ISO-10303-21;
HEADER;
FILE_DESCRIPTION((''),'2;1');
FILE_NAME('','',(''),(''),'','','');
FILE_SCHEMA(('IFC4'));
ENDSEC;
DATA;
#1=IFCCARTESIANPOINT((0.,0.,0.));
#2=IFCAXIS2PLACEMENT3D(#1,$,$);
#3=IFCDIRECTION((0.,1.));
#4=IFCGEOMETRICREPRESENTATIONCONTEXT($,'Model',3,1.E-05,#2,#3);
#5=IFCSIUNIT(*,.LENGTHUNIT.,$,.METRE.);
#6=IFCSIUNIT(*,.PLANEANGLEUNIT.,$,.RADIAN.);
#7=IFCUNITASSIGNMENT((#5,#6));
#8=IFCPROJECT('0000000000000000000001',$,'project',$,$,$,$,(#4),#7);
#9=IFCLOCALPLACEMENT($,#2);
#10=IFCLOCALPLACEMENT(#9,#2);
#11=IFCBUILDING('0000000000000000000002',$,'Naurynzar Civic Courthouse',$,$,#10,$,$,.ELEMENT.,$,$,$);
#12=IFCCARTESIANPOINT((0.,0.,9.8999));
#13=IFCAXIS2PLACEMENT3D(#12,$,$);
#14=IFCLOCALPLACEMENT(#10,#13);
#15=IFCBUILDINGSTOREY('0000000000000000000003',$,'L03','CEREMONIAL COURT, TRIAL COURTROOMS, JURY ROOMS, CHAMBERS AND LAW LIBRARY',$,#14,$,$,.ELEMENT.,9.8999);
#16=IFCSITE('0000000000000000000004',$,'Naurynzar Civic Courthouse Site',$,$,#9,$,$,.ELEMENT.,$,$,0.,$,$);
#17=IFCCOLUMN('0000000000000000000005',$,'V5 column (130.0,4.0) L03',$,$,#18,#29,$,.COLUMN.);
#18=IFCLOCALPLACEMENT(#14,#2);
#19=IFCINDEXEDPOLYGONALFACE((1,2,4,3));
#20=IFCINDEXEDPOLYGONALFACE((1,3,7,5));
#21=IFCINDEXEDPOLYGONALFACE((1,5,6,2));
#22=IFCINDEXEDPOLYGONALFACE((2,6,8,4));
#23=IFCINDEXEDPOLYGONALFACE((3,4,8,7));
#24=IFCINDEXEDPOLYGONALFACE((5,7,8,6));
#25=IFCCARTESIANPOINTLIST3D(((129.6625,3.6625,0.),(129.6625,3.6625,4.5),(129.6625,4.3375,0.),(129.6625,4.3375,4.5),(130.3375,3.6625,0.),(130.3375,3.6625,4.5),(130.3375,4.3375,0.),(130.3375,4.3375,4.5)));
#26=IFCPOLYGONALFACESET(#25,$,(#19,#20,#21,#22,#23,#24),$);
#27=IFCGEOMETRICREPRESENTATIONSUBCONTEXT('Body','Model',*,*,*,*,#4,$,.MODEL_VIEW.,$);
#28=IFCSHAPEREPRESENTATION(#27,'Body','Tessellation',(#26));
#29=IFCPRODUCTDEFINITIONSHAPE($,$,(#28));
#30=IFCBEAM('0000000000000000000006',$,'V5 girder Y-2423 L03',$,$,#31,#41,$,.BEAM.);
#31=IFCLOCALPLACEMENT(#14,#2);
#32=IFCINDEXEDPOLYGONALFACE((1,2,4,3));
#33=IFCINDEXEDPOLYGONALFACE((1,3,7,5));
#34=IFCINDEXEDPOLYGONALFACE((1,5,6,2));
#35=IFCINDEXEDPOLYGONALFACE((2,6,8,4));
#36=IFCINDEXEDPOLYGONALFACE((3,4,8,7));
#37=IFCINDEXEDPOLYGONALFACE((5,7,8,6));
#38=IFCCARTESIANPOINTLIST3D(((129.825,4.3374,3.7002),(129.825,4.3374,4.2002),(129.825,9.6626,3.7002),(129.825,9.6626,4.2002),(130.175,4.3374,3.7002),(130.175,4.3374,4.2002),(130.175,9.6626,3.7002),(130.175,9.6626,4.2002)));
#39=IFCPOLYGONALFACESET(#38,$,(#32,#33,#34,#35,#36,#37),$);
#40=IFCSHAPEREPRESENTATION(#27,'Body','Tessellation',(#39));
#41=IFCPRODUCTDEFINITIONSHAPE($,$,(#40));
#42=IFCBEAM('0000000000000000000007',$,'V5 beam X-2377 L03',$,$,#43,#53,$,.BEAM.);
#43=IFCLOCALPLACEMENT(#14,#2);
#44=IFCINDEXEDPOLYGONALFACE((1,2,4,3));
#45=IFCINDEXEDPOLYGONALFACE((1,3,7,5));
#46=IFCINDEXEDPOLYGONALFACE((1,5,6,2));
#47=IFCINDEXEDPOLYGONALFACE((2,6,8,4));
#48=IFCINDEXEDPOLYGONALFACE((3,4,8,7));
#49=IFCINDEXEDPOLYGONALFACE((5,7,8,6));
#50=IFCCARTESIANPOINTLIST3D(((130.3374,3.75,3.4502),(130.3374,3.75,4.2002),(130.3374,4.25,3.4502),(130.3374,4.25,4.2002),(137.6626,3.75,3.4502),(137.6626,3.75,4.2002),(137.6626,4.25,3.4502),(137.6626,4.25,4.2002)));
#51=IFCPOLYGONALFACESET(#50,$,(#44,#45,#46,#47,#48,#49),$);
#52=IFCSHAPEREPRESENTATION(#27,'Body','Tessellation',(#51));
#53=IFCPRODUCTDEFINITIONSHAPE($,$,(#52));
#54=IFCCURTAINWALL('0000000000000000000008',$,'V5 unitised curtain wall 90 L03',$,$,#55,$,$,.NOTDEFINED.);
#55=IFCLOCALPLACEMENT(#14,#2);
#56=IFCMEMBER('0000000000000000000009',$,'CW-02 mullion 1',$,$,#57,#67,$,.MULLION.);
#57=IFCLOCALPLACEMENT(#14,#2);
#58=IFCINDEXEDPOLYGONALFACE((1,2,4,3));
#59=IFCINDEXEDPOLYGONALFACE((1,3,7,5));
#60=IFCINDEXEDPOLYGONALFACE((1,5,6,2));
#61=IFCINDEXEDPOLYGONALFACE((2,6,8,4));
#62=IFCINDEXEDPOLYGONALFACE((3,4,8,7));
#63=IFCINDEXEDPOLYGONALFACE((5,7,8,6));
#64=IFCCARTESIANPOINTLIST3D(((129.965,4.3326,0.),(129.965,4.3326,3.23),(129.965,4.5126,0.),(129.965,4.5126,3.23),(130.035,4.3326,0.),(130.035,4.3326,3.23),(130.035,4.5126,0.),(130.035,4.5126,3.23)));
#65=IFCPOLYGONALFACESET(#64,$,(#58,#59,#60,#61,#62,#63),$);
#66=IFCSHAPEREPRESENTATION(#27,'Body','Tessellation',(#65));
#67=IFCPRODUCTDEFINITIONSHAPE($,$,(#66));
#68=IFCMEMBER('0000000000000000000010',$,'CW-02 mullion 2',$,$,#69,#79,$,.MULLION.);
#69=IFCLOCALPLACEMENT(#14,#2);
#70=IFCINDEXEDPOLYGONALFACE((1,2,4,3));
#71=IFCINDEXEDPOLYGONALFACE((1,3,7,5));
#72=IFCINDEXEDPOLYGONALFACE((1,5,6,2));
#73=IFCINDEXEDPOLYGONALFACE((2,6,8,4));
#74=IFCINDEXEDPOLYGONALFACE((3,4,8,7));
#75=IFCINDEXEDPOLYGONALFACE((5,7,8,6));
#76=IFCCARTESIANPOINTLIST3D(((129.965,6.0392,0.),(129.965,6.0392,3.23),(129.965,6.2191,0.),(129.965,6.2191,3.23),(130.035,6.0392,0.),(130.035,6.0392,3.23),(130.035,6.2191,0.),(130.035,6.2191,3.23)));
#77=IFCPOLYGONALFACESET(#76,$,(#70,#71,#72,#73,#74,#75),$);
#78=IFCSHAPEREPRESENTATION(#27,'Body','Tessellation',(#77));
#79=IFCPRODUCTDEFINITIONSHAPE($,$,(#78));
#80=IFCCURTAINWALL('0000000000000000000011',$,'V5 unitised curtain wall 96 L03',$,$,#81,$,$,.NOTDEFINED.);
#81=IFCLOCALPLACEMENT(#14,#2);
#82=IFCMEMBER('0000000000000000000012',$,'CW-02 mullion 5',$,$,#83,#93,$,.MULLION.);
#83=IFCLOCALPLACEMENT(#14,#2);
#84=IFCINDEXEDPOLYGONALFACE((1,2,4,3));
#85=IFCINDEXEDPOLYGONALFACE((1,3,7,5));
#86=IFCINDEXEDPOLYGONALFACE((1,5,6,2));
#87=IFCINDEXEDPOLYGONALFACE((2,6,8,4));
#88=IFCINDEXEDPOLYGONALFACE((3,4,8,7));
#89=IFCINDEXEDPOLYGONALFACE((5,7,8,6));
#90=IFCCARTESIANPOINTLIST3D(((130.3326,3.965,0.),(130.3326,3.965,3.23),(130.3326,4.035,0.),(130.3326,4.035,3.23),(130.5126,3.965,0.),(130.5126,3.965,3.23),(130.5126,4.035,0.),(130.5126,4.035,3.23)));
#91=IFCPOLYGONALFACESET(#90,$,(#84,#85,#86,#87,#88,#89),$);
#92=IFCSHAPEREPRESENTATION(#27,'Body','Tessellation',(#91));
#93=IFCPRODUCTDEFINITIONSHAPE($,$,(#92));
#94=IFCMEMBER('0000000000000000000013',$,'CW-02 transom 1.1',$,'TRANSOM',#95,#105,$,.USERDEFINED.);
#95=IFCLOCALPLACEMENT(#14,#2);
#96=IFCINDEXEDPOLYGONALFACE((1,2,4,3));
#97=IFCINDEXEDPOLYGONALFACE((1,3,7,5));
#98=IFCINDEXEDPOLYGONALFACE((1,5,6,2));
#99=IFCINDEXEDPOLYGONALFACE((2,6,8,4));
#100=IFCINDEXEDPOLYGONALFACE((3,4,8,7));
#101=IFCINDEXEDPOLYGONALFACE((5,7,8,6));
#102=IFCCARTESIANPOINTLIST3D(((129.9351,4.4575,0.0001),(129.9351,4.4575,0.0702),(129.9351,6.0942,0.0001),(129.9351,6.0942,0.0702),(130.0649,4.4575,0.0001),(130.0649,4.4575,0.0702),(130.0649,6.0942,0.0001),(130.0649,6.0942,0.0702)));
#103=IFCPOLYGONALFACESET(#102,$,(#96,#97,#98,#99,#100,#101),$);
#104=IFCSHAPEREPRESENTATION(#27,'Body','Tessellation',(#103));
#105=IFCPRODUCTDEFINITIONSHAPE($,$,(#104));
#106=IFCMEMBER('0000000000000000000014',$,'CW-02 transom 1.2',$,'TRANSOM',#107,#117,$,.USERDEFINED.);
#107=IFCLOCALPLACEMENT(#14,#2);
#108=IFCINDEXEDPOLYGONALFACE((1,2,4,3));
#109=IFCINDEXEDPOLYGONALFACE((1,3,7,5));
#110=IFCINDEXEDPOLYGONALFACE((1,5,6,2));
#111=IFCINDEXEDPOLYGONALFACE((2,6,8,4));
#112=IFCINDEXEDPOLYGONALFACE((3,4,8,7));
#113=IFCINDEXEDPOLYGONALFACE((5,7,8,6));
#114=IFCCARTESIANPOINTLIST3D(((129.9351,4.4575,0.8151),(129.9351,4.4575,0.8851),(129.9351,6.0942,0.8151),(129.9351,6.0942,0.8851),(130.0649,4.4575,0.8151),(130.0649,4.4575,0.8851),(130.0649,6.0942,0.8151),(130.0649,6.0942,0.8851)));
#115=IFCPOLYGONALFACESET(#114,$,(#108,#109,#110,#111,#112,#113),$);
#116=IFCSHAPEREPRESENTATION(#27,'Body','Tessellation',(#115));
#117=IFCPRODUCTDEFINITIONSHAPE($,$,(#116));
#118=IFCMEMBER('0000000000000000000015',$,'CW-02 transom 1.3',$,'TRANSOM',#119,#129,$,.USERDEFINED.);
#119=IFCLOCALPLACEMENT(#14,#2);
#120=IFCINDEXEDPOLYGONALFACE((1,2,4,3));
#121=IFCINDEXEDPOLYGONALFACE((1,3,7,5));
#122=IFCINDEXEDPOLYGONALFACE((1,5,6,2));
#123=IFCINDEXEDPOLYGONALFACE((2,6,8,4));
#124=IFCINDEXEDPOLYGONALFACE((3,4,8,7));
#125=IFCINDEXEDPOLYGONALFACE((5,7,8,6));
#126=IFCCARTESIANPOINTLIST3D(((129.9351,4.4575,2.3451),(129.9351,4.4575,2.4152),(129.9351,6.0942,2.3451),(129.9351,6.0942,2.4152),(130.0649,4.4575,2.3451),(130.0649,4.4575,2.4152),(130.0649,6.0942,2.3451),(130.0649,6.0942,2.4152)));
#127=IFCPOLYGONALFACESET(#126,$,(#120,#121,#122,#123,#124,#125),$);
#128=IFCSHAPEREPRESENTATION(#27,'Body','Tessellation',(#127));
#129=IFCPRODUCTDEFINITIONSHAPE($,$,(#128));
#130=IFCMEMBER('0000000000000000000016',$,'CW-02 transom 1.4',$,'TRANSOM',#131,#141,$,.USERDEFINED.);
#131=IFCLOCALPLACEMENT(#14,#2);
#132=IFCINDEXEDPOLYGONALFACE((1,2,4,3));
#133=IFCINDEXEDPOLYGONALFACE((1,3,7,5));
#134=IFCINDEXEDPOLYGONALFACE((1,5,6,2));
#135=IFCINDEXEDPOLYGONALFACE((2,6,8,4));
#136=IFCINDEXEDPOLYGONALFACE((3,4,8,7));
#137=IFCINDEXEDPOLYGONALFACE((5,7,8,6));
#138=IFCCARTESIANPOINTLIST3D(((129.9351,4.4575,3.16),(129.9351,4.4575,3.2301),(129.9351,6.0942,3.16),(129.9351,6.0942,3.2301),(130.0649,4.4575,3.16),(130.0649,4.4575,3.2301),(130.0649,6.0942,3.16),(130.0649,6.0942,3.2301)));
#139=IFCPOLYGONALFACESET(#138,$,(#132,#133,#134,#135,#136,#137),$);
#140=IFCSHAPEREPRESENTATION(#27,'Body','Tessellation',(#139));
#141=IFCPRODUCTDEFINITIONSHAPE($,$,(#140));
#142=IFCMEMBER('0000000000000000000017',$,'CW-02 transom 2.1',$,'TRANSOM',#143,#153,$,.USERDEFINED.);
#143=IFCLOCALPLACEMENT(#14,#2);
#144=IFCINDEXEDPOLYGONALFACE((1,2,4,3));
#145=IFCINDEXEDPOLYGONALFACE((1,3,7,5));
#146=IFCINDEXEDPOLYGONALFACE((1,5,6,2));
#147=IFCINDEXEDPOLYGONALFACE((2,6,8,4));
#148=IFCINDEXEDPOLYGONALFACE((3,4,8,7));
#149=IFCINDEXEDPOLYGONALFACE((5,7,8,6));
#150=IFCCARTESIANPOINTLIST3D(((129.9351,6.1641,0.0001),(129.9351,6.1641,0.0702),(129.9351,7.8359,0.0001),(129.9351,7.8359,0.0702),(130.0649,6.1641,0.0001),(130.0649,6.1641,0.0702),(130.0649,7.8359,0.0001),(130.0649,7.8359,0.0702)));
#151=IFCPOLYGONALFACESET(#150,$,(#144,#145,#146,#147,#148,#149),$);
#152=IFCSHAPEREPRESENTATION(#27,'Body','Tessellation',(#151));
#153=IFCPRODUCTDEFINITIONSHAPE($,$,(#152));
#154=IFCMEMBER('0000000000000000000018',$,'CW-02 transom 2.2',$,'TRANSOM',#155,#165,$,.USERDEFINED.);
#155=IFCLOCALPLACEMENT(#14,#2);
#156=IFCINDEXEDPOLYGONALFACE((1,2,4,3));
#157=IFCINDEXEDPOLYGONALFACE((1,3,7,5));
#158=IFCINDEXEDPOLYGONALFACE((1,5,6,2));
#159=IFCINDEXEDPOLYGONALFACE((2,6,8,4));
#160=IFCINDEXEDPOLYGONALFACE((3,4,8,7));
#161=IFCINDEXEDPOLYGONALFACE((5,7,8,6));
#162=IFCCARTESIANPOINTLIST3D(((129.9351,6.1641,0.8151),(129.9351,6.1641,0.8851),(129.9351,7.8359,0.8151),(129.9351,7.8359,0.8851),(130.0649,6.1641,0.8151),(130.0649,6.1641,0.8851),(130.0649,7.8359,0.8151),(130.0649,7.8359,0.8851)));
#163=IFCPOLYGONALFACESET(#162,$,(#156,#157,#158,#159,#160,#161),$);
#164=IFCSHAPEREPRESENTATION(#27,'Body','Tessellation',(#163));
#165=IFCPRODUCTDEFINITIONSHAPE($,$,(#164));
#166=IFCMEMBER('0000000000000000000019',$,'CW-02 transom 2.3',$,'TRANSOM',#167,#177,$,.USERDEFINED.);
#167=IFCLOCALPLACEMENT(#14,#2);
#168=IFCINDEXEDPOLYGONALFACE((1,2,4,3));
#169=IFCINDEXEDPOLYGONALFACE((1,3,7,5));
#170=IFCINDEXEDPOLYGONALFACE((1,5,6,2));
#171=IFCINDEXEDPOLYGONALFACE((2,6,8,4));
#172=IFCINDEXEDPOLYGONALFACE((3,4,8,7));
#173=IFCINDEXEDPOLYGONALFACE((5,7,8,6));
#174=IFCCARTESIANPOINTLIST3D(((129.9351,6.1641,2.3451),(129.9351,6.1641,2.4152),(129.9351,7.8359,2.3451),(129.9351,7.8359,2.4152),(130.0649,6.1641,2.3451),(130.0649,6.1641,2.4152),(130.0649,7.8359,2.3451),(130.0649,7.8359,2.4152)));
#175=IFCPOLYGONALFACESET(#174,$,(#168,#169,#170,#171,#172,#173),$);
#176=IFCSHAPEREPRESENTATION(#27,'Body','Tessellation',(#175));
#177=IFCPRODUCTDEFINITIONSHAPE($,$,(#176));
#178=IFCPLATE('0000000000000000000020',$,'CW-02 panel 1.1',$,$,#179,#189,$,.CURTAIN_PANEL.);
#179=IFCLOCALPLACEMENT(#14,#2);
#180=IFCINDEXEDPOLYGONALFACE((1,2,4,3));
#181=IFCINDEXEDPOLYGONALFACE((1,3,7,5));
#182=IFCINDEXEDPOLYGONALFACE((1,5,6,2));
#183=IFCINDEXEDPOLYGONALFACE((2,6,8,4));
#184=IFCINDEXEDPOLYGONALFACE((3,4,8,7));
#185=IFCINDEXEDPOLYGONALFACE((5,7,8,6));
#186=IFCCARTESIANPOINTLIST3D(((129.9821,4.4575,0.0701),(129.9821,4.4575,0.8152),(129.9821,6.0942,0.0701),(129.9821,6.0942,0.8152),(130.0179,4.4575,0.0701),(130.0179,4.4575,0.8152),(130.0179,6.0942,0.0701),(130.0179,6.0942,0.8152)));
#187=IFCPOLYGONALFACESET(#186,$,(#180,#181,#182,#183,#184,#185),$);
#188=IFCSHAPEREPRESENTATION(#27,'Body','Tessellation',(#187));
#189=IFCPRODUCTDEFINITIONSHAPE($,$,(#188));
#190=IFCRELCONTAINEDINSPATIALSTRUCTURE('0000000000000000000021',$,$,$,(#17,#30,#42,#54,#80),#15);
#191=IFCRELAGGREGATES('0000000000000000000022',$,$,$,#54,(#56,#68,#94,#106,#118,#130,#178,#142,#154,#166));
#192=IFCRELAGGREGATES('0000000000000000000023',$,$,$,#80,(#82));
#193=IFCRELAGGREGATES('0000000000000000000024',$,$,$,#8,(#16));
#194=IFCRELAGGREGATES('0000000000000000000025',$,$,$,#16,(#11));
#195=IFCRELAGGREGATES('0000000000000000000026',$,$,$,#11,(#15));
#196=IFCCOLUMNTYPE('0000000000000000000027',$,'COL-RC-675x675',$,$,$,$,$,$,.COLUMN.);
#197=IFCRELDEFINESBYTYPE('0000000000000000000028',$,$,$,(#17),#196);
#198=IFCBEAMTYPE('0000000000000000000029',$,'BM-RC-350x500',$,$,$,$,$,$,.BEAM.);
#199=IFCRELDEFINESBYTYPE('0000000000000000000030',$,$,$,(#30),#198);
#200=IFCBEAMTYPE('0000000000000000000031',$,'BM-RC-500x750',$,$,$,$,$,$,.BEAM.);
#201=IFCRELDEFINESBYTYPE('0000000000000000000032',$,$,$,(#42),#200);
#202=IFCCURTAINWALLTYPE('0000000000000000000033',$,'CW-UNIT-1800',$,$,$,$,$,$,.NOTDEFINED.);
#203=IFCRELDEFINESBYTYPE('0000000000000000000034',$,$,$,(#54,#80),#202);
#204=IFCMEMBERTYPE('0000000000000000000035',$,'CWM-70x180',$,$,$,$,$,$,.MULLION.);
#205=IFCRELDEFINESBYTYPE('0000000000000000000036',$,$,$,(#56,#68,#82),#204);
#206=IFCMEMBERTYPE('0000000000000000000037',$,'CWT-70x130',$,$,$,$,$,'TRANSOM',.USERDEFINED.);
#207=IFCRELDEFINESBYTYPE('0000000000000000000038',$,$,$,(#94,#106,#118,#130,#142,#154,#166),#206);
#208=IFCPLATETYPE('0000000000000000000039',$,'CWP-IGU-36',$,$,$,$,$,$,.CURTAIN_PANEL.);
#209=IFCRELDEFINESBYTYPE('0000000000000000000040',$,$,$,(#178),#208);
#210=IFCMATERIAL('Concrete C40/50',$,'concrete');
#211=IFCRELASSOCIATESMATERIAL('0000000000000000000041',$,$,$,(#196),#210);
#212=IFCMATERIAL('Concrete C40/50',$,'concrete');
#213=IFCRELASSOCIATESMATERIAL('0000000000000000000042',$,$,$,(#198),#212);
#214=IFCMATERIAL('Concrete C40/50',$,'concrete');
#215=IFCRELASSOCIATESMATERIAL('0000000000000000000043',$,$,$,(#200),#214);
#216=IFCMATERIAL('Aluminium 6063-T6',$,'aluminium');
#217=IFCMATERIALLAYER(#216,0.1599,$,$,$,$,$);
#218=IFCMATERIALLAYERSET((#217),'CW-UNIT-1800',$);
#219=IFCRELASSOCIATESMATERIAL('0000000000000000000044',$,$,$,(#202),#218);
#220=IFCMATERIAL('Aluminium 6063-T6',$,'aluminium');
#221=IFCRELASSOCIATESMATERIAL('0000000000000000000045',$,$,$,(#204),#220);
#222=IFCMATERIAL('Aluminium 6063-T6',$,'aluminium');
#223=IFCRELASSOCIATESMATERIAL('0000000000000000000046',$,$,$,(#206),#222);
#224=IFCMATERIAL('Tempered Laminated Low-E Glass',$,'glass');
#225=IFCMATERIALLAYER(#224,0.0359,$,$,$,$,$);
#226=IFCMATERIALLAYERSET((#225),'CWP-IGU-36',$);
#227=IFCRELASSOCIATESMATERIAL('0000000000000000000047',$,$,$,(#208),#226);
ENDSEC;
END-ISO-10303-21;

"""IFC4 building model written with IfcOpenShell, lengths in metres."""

from ifc_helpers import new_model, si_unit, direction, frame, origin, origin_2d, place, context, subcontext, project, spatial, rectangle, extrude, material, layer, layer_set, material_profile, profile_set, type_object, element, aggregate, save


model = new_model("IFC4")

# Units and contexts
model_context = context("Model", 3, precision=1e-05, world=origin(), true_north=direction((0.0, 1.0)))
body_context = subcontext(model_context, "Body", "Model", "MODEL_VIEW")
ifc_project = project(units=[si_unit("LENGTHUNIT", "METRE"), si_unit("PLANEANGLEUNIT", "RADIAN")], contexts=[model_context])

# Site, building, storey
site_placement = place(None, origin())
site = spatial("IfcSite", under=ifc_project, at=site_placement, Name="Naurynzar Civic Courthouse Site", CompositionType="ELEMENT", RefElevation=0.0)
building_placement = place(site_placement, origin())
building = spatial("IfcBuilding", under=site, at=building_placement, Name="Naurynzar Civic Courthouse", CompositionType="ELEMENT")
storey_placement = place(building_placement, frame((0.0, 0.0, 9.8999)))
storey = spatial("IfcBuildingStorey", under=building, at=storey_placement, Name="L03", Description="CEREMONIAL COURT, TRIAL COURTROOMS, JURY ROOMS, CHAMBERS AND LAW LIBRARY", CompositionType="ELEMENT", Elevation=9.8999)

# Column
ifc_material_1 = material(Name="Concrete C40/50", Category="concrete")
ifc_material_profile_1 = material_profile(ifc_material_1, rectangle(XDim=0.675, YDim=0.675, at=origin_2d()), Name="RC 675x675")
ifc_profile_set_1 = profile_set([ifc_material_profile_1], Name="Concrete C40/50")
column_type = type_object("IfcColumnType", Name="COL-RC-675x675", PredefinedType="COLUMN", material=ifc_profile_set_1)
column_placement = place(storey_placement, frame((130.0, 4.0, 0.0), z_axis=(0.0, 0.0, 1.0), x_axis=(1.0, 0.0, 0.0)))
element("IfcColumn", 1, at=column_placement, inside=storey, type_object=column_type, Name="V5 column (130.0,4.0) L03", PredefinedType="COLUMN", context=body_context, shape_type="SweptSolid", body=[
    extrude(rectangle(XDim=0.675, YDim=0.675, at=origin_2d()), origin(), (0.0, 0.0, 1.0), 4.5),
])

# Beams
ifc_material_2 = material(Name="Concrete C40/50", Category="concrete")
ifc_material_profile_2 = material_profile(ifc_material_2, rectangle(XDim=0.3501, YDim=0.5, at=origin_2d()), Name="RCB 350x500")
ifc_profile_set_2 = profile_set([ifc_material_profile_2], Name="Concrete C40/50")
beam_type_1 = type_object("IfcBeamType", Name="BM-RC-350x500", PredefinedType="BEAM", material=ifc_profile_set_2)
beam_1_placement = place(storey_placement, frame((130.0, 4.3374, 3.9502), z_axis=(0.0, 1.0, 0.0), x_axis=(-1.0, 0.0, 0.0)))
element("IfcBeam", 2, at=beam_1_placement, inside=storey, type_object=beam_type_1, Name="V5 girder Y-2423 L03", PredefinedType="BEAM", context=body_context, shape_type="SweptSolid", body=[
    extrude(rectangle(XDim=0.3501, YDim=0.5, at=origin_2d()), origin(), (0.0, 0.0, 1.0), 5.3252),
])
ifc_material_3 = material(Name="Concrete C40/50", Category="concrete")
ifc_material_profile_3 = material_profile(ifc_material_3, rectangle(XDim=0.5, YDim=0.75, at=origin_2d()), Name="RCB 500x750")
ifc_profile_set_3 = profile_set([ifc_material_profile_3], Name="Concrete C40/50")
beam_type_2 = type_object("IfcBeamType", Name="BM-RC-500x750", PredefinedType="BEAM", material=ifc_profile_set_3)
beam_2_placement = place(storey_placement, frame((130.3374, 4.0, 3.8252), z_axis=(1.0, 0.0, 0.0), x_axis=(0.0, 1.0, 0.0)))
element("IfcBeam", 3, at=beam_2_placement, inside=storey, type_object=beam_type_2, Name="V5 beam X-2377 L03", PredefinedType="BEAM", context=body_context, shape_type="SweptSolid", body=[
    extrude(rectangle(XDim=0.5, YDim=0.75, at=origin_2d()), origin(), (0.0, 0.0, 1.0), 7.3252),
])

# Curtain wall, members
ifc_material_4 = material(Name="Aluminium 6063-T6", Category="aluminium")
ifc_layer_1 = layer(ifc_material_4, 0.1599)
ifc_layer_set_1 = layer_set([ifc_layer_1], Name="CW-UNIT-1800")
curtain_wall_type = type_object("IfcCurtainWallType", Name="CW-UNIT-1800", PredefinedType="NOTDEFINED", material=ifc_layer_set_1)
curtain_wall_1_placement = place(storey_placement, origin())
curtain_wall_1 = element("IfcCurtainWall", 4, at=curtain_wall_1_placement, inside=storey, type_object=curtain_wall_type, Name="V5 unitised curtain wall 90 L03", PredefinedType="NOTDEFINED")
ifc_material_5 = material(Name="Aluminium 6063-T6", Category="aluminium")
ifc_material_profile_4 = material_profile(ifc_material_5, rectangle(XDim=0.0701, YDim=0.1799, at=origin_2d()), Name="ALU MULLION 70x180")
ifc_profile_set_4 = profile_set([ifc_material_profile_4], Name="Aluminium 6063-T6")
member_type_1 = type_object("IfcMemberType", Name="CWM-70x180", PredefinedType="MULLION", material=ifc_profile_set_4)
member_1_placement = place(storey_placement, frame((130.0, 4.4226, 0.0), z_axis=(0.0, 0.0, 1.0), x_axis=(-1.0, 0.0, 0.0)))
member_1 = element("IfcMember", 5, at=member_1_placement, type_object=member_type_1, Name="CW-02 mullion 1", PredefinedType="MULLION", context=body_context, shape_type="SweptSolid", body=[
    extrude(rectangle(XDim=0.0701, YDim=0.1799, at=origin_2d()), origin(), (0.0, 0.0, 1.0), 3.23),
])
member_2_placement = place(storey_placement, frame((130.0, 6.1292, 0.0), z_axis=(0.0, 0.0, 1.0), x_axis=(-1.0, 0.0, 0.0)))
member_2 = element("IfcMember", 6, at=member_2_placement, type_object=member_type_1, Name="CW-02 mullion 2", PredefinedType="MULLION", context=body_context, shape_type="SweptSolid", body=[
    extrude(rectangle(XDim=0.0701, YDim=0.1799, at=origin_2d()), origin(), (0.0, 0.0, 1.0), 3.23),
])

# Curtain wall, member
curtain_wall_2_placement = place(storey_placement, origin())
curtain_wall_2 = element("IfcCurtainWall", 7, at=curtain_wall_2_placement, inside=storey, type_object=curtain_wall_type, Name="V5 unitised curtain wall 96 L03", PredefinedType="NOTDEFINED")
member_3_placement = place(storey_placement, frame((130.4226, 4.0, 0.0), z_axis=(0.0, 0.0, 1.0), x_axis=(0.0, -1.0, 0.0)))
member_3 = element("IfcMember", 8, at=member_3_placement, type_object=member_type_1, Name="CW-02 mullion 5", PredefinedType="MULLION", context=body_context, shape_type="SweptSolid", body=[
    extrude(rectangle(XDim=0.0701, YDim=0.1799, at=origin_2d()), origin(), (0.0, 0.0, 1.0), 3.23),
])

# Members
ifc_material_6 = material(Name="Aluminium 6063-T6", Category="aluminium")
ifc_material_profile_5 = material_profile(ifc_material_6, rectangle(XDim=0.1299, YDim=0.0701, at=origin_2d()), Name="ALU TRANSOM 70x130")
ifc_profile_set_5 = profile_set([ifc_material_profile_5], Name="Aluminium 6063-T6")
member_type_2 = type_object("IfcMemberType", Name="CWT-70x130", ElementType="TRANSOM", PredefinedType="USERDEFINED", material=ifc_profile_set_5)
member_4_placement = place(storey_placement, frame((130.0, 4.4575, 0.0352), z_axis=(0.0, 1.0, 0.0), x_axis=(-1.0, 0.0, 0.0)))
member_4 = element("IfcMember", 9, at=member_4_placement, type_object=member_type_2, Name="CW-02 transom 1.1", ObjectType="TRANSOM", PredefinedType="USERDEFINED", context=body_context, shape_type="SweptSolid", body=[
    extrude(rectangle(XDim=0.1299, YDim=0.0701, at=origin_2d()), origin(), (0.0, 0.0, 1.0), 1.6367),
])
member_5_placement = place(storey_placement, frame((130.0, 4.4575, 0.8501), z_axis=(0.0, 1.0, 0.0), x_axis=(-1.0, 0.0, 0.0)))
member_5 = element("IfcMember", 10, at=member_5_placement, type_object=member_type_2, Name="CW-02 transom 1.2", ObjectType="TRANSOM", PredefinedType="USERDEFINED", context=body_context, shape_type="SweptSolid", body=[
    extrude(rectangle(XDim=0.1299, YDim=0.0701, at=origin_2d()), origin(), (0.0, 0.0, 1.0), 1.6367),
])
member_6_placement = place(storey_placement, frame((130.0, 4.4575, 2.3801), z_axis=(0.0, 1.0, 0.0), x_axis=(-1.0, 0.0, 0.0)))
member_6 = element("IfcMember", 11, at=member_6_placement, type_object=member_type_2, Name="CW-02 transom 1.3", ObjectType="TRANSOM", PredefinedType="USERDEFINED", context=body_context, shape_type="SweptSolid", body=[
    extrude(rectangle(XDim=0.1299, YDim=0.0701, at=origin_2d()), origin(), (0.0, 0.0, 1.0), 1.6367),
])
member_7_placement = place(storey_placement, frame((130.0, 4.4575, 3.1951), z_axis=(0.0, 1.0, 0.0), x_axis=(-1.0, 0.0, 0.0)))
member_7 = element("IfcMember", 12, at=member_7_placement, type_object=member_type_2, Name="CW-02 transom 1.4", ObjectType="TRANSOM", PredefinedType="USERDEFINED", context=body_context, shape_type="SweptSolid", body=[
    extrude(rectangle(XDim=0.1299, YDim=0.0701, at=origin_2d()), origin(), (0.0, 0.0, 1.0), 1.6367),
])
member_8_placement = place(storey_placement, frame((130.0, 6.1641, 0.0352), z_axis=(0.0, 1.0, 0.0), x_axis=(-1.0, 0.0, 0.0)))
member_8 = element("IfcMember", 13, at=member_8_placement, type_object=member_type_2, Name="CW-02 transom 2.1", ObjectType="TRANSOM", PredefinedType="USERDEFINED", context=body_context, shape_type="SweptSolid", body=[
    extrude(rectangle(XDim=0.1299, YDim=0.0701, at=origin_2d()), origin(), (0.0, 0.0, 1.0), 1.6719),
])
member_9_placement = place(storey_placement, frame((130.0, 6.1641, 0.8501), z_axis=(0.0, 1.0, 0.0), x_axis=(-1.0, 0.0, 0.0)))
member_9 = element("IfcMember", 14, at=member_9_placement, type_object=member_type_2, Name="CW-02 transom 2.2", ObjectType="TRANSOM", PredefinedType="USERDEFINED", context=body_context, shape_type="SweptSolid", body=[
    extrude(rectangle(XDim=0.1299, YDim=0.0701, at=origin_2d()), origin(), (0.0, 0.0, 1.0), 1.6719),
])
member_10_placement = place(storey_placement, frame((130.0, 6.1641, 2.3801), z_axis=(0.0, 1.0, 0.0), x_axis=(-1.0, 0.0, 0.0)))
member_10 = element("IfcMember", 15, at=member_10_placement, type_object=member_type_2, Name="CW-02 transom 2.3", ObjectType="TRANSOM", PredefinedType="USERDEFINED", context=body_context, shape_type="SweptSolid", body=[
    extrude(rectangle(XDim=0.1299, YDim=0.0701, at=origin_2d()), origin(), (0.0, 0.0, 1.0), 1.6719),
])

# Plate
ifc_material_7 = material(Name="Tempered Laminated Low-E Glass", Category="glass")
ifc_layer_2 = layer(ifc_material_7, 0.0359)
ifc_layer_set_2 = layer_set([ifc_layer_2], Name="CWP-IGU-36")
plate_type = type_object("IfcPlateType", Name="CWP-IGU-36", PredefinedType="CURTAIN_PANEL", material=ifc_layer_set_2)
plate_1_placement = place(storey_placement, frame((130.0, 5.2759, 0.0701), z_axis=(0.0, 0.0, 1.0), x_axis=(0.0, 1.0, 0.0)))
plate_1 = element("IfcPlate", 16, at=plate_1_placement, type_object=plate_type, Name="CW-02 panel 1.1", PredefinedType="CURTAIN_PANEL", context=body_context, shape_type="SweptSolid", body=[
    extrude(rectangle(XDim=1.6367, YDim=0.0359, at=origin_2d()), origin(), (0.0, 0.0, 1.0), 0.7451),
])
aggregate(curtain_wall_1, [member_1, member_2, member_4, member_5, member_6, member_7, plate_1, member_8, member_9, member_10])
aggregate(curtain_wall_2, [member_3])

save(model, "model.ifc")
